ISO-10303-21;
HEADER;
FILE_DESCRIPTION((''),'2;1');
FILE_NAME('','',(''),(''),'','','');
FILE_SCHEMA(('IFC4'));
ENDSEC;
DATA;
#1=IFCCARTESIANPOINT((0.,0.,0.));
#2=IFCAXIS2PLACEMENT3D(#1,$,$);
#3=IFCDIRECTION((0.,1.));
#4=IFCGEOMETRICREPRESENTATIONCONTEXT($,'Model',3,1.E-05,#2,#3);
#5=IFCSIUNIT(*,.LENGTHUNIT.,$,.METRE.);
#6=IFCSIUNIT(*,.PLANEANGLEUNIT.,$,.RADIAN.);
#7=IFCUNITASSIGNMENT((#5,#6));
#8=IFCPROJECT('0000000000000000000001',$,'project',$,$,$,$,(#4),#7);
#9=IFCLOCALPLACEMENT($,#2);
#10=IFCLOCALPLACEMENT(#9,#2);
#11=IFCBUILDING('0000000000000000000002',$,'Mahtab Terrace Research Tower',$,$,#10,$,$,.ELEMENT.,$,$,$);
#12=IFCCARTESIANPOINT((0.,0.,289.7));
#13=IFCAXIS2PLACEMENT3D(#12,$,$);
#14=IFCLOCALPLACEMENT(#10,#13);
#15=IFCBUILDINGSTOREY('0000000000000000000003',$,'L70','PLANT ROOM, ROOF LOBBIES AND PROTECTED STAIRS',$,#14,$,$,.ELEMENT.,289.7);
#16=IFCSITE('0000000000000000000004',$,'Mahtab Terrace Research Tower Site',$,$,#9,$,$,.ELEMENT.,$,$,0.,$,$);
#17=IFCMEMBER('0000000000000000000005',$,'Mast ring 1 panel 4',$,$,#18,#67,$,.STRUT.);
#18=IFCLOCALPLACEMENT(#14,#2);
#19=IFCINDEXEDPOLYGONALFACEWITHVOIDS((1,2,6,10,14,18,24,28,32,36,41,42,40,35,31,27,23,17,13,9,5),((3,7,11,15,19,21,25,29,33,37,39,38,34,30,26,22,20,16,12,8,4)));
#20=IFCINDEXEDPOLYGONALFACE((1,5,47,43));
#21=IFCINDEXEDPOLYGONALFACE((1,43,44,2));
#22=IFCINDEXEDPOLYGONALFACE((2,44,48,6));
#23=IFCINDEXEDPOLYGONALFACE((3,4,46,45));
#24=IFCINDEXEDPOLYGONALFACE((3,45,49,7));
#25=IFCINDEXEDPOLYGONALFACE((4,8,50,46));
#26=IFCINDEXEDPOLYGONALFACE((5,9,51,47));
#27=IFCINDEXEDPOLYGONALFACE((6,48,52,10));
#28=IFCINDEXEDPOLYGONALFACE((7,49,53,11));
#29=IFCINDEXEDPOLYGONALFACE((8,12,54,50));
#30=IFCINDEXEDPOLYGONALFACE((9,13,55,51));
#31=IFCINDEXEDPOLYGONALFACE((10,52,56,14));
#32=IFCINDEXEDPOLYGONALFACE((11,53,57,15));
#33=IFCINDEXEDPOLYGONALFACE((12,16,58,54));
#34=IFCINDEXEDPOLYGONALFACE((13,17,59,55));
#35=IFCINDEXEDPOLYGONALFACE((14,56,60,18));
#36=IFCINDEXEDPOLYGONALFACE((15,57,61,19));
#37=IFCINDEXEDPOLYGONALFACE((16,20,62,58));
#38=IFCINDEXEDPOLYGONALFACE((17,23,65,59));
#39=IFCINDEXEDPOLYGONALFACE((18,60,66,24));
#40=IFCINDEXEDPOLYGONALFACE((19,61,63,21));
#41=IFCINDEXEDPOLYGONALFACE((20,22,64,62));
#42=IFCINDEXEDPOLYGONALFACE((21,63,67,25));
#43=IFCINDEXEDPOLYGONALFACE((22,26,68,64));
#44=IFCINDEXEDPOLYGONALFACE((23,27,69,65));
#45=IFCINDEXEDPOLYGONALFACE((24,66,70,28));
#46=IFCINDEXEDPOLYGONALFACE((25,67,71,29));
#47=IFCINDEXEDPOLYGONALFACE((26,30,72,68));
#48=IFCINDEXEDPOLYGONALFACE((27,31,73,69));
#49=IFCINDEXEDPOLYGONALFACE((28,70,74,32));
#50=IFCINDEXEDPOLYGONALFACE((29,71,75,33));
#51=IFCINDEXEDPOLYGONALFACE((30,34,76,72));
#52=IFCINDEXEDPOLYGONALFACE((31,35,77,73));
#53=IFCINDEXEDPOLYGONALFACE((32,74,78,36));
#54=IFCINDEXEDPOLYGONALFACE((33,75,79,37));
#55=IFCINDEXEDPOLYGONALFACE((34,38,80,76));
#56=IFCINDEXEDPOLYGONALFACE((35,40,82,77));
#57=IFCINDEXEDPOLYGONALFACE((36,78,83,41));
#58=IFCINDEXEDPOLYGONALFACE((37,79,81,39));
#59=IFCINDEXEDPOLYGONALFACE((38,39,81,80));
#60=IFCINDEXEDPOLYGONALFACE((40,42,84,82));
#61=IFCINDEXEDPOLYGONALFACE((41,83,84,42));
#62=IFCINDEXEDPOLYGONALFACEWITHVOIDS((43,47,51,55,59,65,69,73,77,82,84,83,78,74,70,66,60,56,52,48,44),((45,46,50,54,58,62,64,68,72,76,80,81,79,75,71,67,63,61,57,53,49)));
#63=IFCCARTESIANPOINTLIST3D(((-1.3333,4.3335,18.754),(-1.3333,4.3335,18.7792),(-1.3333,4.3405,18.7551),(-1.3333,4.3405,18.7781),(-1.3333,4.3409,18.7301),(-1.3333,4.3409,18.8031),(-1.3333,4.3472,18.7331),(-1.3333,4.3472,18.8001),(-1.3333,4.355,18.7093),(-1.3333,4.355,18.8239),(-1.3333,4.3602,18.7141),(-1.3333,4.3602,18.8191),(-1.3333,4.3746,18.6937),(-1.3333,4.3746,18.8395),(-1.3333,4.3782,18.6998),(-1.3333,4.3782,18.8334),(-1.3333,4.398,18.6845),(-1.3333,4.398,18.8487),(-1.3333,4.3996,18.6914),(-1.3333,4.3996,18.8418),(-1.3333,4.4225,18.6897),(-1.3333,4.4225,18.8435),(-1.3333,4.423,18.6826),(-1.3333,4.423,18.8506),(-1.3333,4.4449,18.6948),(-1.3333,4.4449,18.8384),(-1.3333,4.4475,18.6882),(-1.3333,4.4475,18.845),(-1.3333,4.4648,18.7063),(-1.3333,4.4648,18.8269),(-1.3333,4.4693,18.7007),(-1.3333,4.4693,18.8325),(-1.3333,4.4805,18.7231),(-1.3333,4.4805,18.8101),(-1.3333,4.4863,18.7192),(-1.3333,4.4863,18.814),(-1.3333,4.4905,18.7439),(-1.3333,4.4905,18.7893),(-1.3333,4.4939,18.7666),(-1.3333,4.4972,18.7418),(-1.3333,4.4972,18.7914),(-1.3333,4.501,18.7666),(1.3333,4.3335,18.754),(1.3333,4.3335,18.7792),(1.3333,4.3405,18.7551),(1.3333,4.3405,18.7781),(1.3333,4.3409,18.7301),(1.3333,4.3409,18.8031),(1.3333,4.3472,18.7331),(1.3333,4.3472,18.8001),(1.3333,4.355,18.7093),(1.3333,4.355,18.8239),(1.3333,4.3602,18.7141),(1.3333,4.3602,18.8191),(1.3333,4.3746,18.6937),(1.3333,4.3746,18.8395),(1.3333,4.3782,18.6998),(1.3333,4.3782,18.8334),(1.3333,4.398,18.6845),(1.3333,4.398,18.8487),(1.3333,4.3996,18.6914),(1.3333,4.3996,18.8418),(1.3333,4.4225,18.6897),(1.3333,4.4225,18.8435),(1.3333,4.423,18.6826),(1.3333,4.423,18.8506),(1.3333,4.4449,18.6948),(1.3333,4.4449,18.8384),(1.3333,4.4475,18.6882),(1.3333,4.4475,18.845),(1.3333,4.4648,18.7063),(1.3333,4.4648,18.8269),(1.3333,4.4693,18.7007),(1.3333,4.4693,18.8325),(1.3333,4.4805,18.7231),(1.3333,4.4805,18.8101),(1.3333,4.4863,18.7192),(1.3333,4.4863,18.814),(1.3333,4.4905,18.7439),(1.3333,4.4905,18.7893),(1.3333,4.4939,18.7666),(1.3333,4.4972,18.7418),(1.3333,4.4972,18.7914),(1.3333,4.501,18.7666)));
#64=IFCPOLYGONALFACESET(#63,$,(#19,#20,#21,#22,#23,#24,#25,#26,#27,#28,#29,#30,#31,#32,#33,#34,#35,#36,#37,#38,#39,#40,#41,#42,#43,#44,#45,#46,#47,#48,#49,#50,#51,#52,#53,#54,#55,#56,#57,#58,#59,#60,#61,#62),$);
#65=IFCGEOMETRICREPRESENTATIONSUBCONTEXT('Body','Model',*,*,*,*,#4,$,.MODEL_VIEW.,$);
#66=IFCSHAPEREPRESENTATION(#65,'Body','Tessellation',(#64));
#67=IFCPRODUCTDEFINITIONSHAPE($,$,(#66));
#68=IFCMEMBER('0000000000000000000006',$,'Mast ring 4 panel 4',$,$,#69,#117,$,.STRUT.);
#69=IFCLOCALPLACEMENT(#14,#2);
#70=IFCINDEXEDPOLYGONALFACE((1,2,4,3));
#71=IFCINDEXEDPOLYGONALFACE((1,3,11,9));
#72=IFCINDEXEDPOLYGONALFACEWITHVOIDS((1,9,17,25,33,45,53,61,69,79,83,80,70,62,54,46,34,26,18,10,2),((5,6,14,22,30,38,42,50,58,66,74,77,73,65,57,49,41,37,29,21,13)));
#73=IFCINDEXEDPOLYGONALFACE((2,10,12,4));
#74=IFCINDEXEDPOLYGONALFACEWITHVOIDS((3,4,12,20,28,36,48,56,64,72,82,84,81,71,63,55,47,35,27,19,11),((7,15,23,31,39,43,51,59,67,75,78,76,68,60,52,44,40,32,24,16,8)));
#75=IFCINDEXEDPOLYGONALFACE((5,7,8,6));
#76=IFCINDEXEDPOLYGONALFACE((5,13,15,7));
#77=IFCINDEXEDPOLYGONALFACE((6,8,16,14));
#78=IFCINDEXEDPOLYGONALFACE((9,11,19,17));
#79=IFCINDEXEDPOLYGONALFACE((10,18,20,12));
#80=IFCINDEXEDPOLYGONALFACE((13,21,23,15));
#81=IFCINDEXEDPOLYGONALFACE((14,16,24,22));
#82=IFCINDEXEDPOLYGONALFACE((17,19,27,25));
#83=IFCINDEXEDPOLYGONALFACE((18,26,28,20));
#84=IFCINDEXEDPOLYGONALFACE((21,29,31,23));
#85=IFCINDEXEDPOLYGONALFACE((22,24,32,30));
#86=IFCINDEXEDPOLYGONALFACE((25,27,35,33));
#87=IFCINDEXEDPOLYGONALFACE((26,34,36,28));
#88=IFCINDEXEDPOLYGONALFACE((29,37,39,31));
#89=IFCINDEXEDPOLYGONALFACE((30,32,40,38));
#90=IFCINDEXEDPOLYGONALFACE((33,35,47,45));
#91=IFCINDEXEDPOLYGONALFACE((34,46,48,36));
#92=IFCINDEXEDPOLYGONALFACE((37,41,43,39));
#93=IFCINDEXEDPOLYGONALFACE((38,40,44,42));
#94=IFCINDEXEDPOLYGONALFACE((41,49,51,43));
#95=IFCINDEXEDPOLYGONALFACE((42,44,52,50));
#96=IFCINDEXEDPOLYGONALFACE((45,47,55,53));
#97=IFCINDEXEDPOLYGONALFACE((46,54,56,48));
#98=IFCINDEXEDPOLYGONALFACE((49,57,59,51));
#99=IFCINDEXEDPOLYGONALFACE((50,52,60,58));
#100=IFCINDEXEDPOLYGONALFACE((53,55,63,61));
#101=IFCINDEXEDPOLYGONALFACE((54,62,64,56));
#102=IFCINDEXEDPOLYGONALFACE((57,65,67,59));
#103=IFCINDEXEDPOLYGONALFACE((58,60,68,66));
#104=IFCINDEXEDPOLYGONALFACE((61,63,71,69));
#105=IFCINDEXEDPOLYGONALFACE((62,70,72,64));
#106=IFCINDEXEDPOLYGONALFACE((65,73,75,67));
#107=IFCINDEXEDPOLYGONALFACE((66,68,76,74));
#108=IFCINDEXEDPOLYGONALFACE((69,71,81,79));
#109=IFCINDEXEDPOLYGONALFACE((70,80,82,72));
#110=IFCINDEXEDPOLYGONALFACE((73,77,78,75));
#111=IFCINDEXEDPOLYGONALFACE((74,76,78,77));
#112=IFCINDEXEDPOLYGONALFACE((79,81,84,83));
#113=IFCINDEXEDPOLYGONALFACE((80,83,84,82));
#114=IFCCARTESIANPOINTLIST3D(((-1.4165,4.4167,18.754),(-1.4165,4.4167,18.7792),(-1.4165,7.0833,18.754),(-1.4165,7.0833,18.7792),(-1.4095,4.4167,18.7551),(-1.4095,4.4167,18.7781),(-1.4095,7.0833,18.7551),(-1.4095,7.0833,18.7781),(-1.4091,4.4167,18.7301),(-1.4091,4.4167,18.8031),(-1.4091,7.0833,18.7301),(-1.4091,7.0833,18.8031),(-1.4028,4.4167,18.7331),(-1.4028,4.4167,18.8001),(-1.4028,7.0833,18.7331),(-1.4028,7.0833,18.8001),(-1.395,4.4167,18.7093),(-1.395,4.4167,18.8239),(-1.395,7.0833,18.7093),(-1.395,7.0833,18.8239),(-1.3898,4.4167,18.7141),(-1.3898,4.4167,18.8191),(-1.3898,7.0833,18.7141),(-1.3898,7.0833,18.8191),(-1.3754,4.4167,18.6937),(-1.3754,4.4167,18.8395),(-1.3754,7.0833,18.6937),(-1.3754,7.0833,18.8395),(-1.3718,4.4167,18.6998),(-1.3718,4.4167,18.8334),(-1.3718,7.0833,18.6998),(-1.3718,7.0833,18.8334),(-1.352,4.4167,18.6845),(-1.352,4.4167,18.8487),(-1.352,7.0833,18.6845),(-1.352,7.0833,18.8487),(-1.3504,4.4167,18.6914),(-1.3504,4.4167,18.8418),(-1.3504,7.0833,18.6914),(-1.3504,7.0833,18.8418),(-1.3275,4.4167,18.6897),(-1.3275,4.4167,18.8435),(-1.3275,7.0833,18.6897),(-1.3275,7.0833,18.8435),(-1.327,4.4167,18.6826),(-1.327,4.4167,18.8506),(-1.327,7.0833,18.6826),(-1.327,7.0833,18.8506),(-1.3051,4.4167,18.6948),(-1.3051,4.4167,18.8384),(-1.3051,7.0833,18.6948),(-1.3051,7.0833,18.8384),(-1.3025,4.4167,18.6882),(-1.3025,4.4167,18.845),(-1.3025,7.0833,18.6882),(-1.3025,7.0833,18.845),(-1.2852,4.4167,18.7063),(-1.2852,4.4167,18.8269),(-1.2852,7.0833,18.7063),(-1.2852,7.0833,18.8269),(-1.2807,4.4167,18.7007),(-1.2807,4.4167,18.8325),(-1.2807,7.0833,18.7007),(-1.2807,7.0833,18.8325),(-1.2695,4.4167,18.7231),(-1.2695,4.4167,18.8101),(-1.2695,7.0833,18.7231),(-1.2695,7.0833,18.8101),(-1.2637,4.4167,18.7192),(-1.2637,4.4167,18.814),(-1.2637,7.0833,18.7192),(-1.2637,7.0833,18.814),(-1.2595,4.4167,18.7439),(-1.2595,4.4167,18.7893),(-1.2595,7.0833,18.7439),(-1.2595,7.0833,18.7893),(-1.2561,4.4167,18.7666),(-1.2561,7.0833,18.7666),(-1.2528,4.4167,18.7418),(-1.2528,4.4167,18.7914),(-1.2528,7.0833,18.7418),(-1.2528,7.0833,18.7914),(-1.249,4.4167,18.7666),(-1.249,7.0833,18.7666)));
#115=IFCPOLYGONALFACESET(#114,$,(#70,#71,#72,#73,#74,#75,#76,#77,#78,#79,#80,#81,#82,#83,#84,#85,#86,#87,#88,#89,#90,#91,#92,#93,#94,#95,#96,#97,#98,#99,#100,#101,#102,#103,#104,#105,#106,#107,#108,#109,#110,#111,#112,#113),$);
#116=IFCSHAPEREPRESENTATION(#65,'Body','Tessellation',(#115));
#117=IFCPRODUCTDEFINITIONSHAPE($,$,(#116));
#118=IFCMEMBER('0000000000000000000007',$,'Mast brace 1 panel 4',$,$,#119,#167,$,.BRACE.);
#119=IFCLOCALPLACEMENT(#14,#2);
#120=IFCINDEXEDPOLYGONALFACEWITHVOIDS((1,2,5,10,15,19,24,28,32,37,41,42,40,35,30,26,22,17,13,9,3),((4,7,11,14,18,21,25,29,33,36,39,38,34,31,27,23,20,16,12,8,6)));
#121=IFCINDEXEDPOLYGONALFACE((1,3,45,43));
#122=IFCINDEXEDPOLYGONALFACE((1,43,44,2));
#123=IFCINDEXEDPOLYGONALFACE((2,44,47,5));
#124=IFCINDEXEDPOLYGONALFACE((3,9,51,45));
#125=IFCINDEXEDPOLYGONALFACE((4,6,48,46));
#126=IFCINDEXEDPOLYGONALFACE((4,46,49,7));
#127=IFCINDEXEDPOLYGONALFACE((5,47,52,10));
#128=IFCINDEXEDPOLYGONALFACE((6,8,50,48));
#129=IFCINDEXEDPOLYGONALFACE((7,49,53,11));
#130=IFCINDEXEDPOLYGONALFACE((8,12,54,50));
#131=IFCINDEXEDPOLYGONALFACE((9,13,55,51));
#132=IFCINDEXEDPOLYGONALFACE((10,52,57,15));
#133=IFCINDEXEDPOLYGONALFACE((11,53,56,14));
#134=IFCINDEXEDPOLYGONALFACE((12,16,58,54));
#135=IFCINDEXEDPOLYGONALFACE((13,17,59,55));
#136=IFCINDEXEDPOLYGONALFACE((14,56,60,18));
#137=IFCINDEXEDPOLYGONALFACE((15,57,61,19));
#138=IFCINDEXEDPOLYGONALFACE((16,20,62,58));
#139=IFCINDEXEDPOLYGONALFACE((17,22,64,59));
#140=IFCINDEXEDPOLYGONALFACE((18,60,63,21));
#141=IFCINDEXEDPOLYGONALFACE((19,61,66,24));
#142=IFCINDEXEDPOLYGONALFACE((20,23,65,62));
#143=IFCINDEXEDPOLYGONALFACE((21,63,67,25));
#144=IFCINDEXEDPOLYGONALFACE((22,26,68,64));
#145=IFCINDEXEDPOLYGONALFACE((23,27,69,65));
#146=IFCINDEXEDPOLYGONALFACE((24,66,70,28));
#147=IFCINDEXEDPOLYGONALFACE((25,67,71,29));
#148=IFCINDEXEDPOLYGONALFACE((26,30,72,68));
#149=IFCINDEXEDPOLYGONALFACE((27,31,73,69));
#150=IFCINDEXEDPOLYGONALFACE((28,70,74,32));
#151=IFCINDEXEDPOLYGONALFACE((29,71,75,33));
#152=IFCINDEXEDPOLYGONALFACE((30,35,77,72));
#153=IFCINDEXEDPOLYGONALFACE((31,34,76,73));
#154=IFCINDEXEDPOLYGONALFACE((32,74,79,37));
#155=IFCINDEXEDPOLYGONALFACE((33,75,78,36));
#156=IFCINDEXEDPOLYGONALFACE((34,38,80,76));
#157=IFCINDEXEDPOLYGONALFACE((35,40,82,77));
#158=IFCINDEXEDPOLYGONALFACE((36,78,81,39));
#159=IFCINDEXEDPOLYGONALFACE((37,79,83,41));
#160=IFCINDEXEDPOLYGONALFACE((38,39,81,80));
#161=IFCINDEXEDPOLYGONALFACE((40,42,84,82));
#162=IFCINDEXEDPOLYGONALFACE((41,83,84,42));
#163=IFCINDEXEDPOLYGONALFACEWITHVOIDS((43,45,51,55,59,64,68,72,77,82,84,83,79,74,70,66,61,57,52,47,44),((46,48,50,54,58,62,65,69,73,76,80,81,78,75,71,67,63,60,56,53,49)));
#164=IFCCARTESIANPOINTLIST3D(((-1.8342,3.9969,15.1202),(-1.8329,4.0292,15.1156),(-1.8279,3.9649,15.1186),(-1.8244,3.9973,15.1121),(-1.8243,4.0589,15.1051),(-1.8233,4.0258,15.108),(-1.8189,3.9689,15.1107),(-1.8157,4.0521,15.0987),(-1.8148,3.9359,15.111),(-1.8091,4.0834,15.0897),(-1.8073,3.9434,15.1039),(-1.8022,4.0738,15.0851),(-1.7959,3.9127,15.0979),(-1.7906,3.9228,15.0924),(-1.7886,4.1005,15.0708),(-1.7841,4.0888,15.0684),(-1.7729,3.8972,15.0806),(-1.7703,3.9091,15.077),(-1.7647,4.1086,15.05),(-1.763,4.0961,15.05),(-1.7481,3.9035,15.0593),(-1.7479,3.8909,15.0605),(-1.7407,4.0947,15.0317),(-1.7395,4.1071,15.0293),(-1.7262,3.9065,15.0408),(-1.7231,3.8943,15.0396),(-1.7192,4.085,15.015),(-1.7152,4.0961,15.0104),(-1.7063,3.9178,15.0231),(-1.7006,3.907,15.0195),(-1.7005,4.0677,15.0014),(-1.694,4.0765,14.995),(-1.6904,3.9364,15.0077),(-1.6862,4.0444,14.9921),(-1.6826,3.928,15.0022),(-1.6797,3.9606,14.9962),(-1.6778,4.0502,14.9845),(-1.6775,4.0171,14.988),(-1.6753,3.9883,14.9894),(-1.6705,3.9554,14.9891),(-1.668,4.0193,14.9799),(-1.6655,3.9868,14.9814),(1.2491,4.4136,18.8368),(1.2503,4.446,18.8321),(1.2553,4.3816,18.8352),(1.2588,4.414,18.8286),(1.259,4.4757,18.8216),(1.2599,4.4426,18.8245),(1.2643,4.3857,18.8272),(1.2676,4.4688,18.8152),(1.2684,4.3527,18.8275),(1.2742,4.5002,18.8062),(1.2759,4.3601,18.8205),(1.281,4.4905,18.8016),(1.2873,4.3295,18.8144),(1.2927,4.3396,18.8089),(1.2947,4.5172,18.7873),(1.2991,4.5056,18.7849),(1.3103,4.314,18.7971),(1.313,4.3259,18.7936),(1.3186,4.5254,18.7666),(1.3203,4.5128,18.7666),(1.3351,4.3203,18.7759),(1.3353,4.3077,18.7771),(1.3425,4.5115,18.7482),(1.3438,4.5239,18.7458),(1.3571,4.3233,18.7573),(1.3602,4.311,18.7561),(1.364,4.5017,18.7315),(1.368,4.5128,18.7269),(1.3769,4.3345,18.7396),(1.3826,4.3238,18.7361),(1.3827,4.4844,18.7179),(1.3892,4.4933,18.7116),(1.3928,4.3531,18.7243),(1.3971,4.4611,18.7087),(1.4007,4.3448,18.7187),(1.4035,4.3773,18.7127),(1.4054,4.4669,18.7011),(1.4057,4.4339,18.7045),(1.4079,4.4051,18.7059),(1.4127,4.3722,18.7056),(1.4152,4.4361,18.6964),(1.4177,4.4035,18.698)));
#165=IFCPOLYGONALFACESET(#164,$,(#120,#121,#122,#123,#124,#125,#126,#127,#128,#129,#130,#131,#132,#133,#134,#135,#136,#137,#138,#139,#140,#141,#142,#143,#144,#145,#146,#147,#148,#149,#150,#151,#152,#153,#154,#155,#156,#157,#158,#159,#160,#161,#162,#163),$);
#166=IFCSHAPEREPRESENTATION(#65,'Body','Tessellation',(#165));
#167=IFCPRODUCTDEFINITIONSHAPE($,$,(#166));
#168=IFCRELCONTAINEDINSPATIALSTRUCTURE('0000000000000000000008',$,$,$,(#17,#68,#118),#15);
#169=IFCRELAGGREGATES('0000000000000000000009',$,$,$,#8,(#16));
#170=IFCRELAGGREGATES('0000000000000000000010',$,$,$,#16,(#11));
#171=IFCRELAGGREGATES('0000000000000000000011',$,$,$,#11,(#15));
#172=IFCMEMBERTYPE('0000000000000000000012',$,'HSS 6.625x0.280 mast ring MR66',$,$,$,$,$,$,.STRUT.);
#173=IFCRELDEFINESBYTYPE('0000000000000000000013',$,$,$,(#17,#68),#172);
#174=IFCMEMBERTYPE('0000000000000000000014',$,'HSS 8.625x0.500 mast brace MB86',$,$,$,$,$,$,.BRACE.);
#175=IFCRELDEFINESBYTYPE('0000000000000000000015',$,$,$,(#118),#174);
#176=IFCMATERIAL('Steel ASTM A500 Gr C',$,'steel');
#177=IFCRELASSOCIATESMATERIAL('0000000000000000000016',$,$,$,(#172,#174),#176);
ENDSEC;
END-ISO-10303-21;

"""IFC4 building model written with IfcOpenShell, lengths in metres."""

from ifc_helpers import new_model, si_unit, direction, frame, origin, origin_2d, place, context, subcontext, project, spatial, hollow_circle, extrude, material, material_profile, profile_set, type_object, element, save


model = new_model("IFC4")

# Units and contexts
model_context = context("Model", 3, precision=1e-05, world=origin(), true_north=direction((0.0, 1.0)))
body_context = subcontext(model_context, "Body", "Model", "MODEL_VIEW")
ifc_project = project(units=[si_unit("LENGTHUNIT", "METRE"), si_unit("PLANEANGLEUNIT", "RADIAN")], contexts=[model_context])

# Site, building, storey
site_placement = place(None, origin())
site = spatial("IfcSite", under=ifc_project, at=site_placement, Name="Mahtab Terrace Research Tower Site", CompositionType="ELEMENT", RefElevation=0.0)
building_placement = place(site_placement, origin())
building = spatial("IfcBuilding", under=site, at=building_placement, Name="Mahtab Terrace Research Tower", CompositionType="ELEMENT")
storey_placement = place(building_placement, frame((0.0, 0.0, 289.7)))
storey = spatial("IfcBuildingStorey", under=building, at=storey_placement, Name="L70", Description="PLANT ROOM, ROOF LOBBIES AND PROTECTED STAIRS", CompositionType="ELEMENT", Elevation=289.7)

# Members
ifc_material_1 = material(Name="Steel ASTM A500 Gr C", Category="steel")
ifc_material_profile_1 = material_profile(ifc_material_1, hollow_circle(Radius=0.0842, WallThickness=0.0071, at=origin_2d()), Name="HSS6.625X0.280")
ifc_profile_set_1 = profile_set([ifc_material_profile_1], Name="Steel ASTM A500 Gr C")
member_type_1 = type_object("IfcMemberType", Name="HSS 6.625x0.280 mast ring MR66", PredefinedType="STRUT", material=ifc_profile_set_1)
for number, where, z_axis, x_axis, name in (
    (1, (-1.3333, 4.4167, 18.7666), (1.0, 0.0, 0.0), (0.0, 1.0, 0.0), "Mast ring 1 panel 4"),
    (2, (-1.3333, 7.0833, 18.7666), (0.0, -1.0, 0.0), (1.0, 0.0, 0.0), "Mast ring 4 panel 4"),
):
    element("IfcMember", number, at=place(storey_placement, frame(where, z_axis=z_axis, x_axis=x_axis)), inside=storey, type_object=member_type_1, Name=name, PredefinedType="STRUT", context=body_context, shape_type="SweptSolid", body=[
        extrude(hollow_circle(Radius=0.0842, WallThickness=0.0071, at=origin_2d()), origin(), (0.0, 0.0, 1.0), 2.6665),
    ])
ifc_material_profile_2 = material_profile(ifc_material_1, hollow_circle(Radius=0.1096, WallThickness=0.0127, at=origin_2d()), Name="HSS8.625X0.500")
ifc_profile_set_2 = profile_set([ifc_material_profile_2], Name="Steel ASTM A500 Gr C")
member_type_2 = type_object("IfcMemberType", Name="HSS 8.625x0.500 mast brace MB86", PredefinedType="BRACE", material=ifc_profile_set_2)
member_1_placement = place(storey_placement, frame((-1.75, 4.0, 15.05), z_axis=(0.636123, 0.085982, 0.766782), x_axis=(-0.133947, 0.990988, 0.0)))
element("IfcMember", 3, at=member_1_placement, inside=storey, type_object=member_type_2, Name="Mast brace 1 panel 4", PredefinedType="BRACE", context=body_context, shape_type="SweptSolid", body=[
    extrude(hollow_circle(Radius=0.1096, WallThickness=0.0127, at=origin_2d()), origin(), (0.0, 0.0, 1.0), 4.8469),
])

save(model, "model.ifc")
